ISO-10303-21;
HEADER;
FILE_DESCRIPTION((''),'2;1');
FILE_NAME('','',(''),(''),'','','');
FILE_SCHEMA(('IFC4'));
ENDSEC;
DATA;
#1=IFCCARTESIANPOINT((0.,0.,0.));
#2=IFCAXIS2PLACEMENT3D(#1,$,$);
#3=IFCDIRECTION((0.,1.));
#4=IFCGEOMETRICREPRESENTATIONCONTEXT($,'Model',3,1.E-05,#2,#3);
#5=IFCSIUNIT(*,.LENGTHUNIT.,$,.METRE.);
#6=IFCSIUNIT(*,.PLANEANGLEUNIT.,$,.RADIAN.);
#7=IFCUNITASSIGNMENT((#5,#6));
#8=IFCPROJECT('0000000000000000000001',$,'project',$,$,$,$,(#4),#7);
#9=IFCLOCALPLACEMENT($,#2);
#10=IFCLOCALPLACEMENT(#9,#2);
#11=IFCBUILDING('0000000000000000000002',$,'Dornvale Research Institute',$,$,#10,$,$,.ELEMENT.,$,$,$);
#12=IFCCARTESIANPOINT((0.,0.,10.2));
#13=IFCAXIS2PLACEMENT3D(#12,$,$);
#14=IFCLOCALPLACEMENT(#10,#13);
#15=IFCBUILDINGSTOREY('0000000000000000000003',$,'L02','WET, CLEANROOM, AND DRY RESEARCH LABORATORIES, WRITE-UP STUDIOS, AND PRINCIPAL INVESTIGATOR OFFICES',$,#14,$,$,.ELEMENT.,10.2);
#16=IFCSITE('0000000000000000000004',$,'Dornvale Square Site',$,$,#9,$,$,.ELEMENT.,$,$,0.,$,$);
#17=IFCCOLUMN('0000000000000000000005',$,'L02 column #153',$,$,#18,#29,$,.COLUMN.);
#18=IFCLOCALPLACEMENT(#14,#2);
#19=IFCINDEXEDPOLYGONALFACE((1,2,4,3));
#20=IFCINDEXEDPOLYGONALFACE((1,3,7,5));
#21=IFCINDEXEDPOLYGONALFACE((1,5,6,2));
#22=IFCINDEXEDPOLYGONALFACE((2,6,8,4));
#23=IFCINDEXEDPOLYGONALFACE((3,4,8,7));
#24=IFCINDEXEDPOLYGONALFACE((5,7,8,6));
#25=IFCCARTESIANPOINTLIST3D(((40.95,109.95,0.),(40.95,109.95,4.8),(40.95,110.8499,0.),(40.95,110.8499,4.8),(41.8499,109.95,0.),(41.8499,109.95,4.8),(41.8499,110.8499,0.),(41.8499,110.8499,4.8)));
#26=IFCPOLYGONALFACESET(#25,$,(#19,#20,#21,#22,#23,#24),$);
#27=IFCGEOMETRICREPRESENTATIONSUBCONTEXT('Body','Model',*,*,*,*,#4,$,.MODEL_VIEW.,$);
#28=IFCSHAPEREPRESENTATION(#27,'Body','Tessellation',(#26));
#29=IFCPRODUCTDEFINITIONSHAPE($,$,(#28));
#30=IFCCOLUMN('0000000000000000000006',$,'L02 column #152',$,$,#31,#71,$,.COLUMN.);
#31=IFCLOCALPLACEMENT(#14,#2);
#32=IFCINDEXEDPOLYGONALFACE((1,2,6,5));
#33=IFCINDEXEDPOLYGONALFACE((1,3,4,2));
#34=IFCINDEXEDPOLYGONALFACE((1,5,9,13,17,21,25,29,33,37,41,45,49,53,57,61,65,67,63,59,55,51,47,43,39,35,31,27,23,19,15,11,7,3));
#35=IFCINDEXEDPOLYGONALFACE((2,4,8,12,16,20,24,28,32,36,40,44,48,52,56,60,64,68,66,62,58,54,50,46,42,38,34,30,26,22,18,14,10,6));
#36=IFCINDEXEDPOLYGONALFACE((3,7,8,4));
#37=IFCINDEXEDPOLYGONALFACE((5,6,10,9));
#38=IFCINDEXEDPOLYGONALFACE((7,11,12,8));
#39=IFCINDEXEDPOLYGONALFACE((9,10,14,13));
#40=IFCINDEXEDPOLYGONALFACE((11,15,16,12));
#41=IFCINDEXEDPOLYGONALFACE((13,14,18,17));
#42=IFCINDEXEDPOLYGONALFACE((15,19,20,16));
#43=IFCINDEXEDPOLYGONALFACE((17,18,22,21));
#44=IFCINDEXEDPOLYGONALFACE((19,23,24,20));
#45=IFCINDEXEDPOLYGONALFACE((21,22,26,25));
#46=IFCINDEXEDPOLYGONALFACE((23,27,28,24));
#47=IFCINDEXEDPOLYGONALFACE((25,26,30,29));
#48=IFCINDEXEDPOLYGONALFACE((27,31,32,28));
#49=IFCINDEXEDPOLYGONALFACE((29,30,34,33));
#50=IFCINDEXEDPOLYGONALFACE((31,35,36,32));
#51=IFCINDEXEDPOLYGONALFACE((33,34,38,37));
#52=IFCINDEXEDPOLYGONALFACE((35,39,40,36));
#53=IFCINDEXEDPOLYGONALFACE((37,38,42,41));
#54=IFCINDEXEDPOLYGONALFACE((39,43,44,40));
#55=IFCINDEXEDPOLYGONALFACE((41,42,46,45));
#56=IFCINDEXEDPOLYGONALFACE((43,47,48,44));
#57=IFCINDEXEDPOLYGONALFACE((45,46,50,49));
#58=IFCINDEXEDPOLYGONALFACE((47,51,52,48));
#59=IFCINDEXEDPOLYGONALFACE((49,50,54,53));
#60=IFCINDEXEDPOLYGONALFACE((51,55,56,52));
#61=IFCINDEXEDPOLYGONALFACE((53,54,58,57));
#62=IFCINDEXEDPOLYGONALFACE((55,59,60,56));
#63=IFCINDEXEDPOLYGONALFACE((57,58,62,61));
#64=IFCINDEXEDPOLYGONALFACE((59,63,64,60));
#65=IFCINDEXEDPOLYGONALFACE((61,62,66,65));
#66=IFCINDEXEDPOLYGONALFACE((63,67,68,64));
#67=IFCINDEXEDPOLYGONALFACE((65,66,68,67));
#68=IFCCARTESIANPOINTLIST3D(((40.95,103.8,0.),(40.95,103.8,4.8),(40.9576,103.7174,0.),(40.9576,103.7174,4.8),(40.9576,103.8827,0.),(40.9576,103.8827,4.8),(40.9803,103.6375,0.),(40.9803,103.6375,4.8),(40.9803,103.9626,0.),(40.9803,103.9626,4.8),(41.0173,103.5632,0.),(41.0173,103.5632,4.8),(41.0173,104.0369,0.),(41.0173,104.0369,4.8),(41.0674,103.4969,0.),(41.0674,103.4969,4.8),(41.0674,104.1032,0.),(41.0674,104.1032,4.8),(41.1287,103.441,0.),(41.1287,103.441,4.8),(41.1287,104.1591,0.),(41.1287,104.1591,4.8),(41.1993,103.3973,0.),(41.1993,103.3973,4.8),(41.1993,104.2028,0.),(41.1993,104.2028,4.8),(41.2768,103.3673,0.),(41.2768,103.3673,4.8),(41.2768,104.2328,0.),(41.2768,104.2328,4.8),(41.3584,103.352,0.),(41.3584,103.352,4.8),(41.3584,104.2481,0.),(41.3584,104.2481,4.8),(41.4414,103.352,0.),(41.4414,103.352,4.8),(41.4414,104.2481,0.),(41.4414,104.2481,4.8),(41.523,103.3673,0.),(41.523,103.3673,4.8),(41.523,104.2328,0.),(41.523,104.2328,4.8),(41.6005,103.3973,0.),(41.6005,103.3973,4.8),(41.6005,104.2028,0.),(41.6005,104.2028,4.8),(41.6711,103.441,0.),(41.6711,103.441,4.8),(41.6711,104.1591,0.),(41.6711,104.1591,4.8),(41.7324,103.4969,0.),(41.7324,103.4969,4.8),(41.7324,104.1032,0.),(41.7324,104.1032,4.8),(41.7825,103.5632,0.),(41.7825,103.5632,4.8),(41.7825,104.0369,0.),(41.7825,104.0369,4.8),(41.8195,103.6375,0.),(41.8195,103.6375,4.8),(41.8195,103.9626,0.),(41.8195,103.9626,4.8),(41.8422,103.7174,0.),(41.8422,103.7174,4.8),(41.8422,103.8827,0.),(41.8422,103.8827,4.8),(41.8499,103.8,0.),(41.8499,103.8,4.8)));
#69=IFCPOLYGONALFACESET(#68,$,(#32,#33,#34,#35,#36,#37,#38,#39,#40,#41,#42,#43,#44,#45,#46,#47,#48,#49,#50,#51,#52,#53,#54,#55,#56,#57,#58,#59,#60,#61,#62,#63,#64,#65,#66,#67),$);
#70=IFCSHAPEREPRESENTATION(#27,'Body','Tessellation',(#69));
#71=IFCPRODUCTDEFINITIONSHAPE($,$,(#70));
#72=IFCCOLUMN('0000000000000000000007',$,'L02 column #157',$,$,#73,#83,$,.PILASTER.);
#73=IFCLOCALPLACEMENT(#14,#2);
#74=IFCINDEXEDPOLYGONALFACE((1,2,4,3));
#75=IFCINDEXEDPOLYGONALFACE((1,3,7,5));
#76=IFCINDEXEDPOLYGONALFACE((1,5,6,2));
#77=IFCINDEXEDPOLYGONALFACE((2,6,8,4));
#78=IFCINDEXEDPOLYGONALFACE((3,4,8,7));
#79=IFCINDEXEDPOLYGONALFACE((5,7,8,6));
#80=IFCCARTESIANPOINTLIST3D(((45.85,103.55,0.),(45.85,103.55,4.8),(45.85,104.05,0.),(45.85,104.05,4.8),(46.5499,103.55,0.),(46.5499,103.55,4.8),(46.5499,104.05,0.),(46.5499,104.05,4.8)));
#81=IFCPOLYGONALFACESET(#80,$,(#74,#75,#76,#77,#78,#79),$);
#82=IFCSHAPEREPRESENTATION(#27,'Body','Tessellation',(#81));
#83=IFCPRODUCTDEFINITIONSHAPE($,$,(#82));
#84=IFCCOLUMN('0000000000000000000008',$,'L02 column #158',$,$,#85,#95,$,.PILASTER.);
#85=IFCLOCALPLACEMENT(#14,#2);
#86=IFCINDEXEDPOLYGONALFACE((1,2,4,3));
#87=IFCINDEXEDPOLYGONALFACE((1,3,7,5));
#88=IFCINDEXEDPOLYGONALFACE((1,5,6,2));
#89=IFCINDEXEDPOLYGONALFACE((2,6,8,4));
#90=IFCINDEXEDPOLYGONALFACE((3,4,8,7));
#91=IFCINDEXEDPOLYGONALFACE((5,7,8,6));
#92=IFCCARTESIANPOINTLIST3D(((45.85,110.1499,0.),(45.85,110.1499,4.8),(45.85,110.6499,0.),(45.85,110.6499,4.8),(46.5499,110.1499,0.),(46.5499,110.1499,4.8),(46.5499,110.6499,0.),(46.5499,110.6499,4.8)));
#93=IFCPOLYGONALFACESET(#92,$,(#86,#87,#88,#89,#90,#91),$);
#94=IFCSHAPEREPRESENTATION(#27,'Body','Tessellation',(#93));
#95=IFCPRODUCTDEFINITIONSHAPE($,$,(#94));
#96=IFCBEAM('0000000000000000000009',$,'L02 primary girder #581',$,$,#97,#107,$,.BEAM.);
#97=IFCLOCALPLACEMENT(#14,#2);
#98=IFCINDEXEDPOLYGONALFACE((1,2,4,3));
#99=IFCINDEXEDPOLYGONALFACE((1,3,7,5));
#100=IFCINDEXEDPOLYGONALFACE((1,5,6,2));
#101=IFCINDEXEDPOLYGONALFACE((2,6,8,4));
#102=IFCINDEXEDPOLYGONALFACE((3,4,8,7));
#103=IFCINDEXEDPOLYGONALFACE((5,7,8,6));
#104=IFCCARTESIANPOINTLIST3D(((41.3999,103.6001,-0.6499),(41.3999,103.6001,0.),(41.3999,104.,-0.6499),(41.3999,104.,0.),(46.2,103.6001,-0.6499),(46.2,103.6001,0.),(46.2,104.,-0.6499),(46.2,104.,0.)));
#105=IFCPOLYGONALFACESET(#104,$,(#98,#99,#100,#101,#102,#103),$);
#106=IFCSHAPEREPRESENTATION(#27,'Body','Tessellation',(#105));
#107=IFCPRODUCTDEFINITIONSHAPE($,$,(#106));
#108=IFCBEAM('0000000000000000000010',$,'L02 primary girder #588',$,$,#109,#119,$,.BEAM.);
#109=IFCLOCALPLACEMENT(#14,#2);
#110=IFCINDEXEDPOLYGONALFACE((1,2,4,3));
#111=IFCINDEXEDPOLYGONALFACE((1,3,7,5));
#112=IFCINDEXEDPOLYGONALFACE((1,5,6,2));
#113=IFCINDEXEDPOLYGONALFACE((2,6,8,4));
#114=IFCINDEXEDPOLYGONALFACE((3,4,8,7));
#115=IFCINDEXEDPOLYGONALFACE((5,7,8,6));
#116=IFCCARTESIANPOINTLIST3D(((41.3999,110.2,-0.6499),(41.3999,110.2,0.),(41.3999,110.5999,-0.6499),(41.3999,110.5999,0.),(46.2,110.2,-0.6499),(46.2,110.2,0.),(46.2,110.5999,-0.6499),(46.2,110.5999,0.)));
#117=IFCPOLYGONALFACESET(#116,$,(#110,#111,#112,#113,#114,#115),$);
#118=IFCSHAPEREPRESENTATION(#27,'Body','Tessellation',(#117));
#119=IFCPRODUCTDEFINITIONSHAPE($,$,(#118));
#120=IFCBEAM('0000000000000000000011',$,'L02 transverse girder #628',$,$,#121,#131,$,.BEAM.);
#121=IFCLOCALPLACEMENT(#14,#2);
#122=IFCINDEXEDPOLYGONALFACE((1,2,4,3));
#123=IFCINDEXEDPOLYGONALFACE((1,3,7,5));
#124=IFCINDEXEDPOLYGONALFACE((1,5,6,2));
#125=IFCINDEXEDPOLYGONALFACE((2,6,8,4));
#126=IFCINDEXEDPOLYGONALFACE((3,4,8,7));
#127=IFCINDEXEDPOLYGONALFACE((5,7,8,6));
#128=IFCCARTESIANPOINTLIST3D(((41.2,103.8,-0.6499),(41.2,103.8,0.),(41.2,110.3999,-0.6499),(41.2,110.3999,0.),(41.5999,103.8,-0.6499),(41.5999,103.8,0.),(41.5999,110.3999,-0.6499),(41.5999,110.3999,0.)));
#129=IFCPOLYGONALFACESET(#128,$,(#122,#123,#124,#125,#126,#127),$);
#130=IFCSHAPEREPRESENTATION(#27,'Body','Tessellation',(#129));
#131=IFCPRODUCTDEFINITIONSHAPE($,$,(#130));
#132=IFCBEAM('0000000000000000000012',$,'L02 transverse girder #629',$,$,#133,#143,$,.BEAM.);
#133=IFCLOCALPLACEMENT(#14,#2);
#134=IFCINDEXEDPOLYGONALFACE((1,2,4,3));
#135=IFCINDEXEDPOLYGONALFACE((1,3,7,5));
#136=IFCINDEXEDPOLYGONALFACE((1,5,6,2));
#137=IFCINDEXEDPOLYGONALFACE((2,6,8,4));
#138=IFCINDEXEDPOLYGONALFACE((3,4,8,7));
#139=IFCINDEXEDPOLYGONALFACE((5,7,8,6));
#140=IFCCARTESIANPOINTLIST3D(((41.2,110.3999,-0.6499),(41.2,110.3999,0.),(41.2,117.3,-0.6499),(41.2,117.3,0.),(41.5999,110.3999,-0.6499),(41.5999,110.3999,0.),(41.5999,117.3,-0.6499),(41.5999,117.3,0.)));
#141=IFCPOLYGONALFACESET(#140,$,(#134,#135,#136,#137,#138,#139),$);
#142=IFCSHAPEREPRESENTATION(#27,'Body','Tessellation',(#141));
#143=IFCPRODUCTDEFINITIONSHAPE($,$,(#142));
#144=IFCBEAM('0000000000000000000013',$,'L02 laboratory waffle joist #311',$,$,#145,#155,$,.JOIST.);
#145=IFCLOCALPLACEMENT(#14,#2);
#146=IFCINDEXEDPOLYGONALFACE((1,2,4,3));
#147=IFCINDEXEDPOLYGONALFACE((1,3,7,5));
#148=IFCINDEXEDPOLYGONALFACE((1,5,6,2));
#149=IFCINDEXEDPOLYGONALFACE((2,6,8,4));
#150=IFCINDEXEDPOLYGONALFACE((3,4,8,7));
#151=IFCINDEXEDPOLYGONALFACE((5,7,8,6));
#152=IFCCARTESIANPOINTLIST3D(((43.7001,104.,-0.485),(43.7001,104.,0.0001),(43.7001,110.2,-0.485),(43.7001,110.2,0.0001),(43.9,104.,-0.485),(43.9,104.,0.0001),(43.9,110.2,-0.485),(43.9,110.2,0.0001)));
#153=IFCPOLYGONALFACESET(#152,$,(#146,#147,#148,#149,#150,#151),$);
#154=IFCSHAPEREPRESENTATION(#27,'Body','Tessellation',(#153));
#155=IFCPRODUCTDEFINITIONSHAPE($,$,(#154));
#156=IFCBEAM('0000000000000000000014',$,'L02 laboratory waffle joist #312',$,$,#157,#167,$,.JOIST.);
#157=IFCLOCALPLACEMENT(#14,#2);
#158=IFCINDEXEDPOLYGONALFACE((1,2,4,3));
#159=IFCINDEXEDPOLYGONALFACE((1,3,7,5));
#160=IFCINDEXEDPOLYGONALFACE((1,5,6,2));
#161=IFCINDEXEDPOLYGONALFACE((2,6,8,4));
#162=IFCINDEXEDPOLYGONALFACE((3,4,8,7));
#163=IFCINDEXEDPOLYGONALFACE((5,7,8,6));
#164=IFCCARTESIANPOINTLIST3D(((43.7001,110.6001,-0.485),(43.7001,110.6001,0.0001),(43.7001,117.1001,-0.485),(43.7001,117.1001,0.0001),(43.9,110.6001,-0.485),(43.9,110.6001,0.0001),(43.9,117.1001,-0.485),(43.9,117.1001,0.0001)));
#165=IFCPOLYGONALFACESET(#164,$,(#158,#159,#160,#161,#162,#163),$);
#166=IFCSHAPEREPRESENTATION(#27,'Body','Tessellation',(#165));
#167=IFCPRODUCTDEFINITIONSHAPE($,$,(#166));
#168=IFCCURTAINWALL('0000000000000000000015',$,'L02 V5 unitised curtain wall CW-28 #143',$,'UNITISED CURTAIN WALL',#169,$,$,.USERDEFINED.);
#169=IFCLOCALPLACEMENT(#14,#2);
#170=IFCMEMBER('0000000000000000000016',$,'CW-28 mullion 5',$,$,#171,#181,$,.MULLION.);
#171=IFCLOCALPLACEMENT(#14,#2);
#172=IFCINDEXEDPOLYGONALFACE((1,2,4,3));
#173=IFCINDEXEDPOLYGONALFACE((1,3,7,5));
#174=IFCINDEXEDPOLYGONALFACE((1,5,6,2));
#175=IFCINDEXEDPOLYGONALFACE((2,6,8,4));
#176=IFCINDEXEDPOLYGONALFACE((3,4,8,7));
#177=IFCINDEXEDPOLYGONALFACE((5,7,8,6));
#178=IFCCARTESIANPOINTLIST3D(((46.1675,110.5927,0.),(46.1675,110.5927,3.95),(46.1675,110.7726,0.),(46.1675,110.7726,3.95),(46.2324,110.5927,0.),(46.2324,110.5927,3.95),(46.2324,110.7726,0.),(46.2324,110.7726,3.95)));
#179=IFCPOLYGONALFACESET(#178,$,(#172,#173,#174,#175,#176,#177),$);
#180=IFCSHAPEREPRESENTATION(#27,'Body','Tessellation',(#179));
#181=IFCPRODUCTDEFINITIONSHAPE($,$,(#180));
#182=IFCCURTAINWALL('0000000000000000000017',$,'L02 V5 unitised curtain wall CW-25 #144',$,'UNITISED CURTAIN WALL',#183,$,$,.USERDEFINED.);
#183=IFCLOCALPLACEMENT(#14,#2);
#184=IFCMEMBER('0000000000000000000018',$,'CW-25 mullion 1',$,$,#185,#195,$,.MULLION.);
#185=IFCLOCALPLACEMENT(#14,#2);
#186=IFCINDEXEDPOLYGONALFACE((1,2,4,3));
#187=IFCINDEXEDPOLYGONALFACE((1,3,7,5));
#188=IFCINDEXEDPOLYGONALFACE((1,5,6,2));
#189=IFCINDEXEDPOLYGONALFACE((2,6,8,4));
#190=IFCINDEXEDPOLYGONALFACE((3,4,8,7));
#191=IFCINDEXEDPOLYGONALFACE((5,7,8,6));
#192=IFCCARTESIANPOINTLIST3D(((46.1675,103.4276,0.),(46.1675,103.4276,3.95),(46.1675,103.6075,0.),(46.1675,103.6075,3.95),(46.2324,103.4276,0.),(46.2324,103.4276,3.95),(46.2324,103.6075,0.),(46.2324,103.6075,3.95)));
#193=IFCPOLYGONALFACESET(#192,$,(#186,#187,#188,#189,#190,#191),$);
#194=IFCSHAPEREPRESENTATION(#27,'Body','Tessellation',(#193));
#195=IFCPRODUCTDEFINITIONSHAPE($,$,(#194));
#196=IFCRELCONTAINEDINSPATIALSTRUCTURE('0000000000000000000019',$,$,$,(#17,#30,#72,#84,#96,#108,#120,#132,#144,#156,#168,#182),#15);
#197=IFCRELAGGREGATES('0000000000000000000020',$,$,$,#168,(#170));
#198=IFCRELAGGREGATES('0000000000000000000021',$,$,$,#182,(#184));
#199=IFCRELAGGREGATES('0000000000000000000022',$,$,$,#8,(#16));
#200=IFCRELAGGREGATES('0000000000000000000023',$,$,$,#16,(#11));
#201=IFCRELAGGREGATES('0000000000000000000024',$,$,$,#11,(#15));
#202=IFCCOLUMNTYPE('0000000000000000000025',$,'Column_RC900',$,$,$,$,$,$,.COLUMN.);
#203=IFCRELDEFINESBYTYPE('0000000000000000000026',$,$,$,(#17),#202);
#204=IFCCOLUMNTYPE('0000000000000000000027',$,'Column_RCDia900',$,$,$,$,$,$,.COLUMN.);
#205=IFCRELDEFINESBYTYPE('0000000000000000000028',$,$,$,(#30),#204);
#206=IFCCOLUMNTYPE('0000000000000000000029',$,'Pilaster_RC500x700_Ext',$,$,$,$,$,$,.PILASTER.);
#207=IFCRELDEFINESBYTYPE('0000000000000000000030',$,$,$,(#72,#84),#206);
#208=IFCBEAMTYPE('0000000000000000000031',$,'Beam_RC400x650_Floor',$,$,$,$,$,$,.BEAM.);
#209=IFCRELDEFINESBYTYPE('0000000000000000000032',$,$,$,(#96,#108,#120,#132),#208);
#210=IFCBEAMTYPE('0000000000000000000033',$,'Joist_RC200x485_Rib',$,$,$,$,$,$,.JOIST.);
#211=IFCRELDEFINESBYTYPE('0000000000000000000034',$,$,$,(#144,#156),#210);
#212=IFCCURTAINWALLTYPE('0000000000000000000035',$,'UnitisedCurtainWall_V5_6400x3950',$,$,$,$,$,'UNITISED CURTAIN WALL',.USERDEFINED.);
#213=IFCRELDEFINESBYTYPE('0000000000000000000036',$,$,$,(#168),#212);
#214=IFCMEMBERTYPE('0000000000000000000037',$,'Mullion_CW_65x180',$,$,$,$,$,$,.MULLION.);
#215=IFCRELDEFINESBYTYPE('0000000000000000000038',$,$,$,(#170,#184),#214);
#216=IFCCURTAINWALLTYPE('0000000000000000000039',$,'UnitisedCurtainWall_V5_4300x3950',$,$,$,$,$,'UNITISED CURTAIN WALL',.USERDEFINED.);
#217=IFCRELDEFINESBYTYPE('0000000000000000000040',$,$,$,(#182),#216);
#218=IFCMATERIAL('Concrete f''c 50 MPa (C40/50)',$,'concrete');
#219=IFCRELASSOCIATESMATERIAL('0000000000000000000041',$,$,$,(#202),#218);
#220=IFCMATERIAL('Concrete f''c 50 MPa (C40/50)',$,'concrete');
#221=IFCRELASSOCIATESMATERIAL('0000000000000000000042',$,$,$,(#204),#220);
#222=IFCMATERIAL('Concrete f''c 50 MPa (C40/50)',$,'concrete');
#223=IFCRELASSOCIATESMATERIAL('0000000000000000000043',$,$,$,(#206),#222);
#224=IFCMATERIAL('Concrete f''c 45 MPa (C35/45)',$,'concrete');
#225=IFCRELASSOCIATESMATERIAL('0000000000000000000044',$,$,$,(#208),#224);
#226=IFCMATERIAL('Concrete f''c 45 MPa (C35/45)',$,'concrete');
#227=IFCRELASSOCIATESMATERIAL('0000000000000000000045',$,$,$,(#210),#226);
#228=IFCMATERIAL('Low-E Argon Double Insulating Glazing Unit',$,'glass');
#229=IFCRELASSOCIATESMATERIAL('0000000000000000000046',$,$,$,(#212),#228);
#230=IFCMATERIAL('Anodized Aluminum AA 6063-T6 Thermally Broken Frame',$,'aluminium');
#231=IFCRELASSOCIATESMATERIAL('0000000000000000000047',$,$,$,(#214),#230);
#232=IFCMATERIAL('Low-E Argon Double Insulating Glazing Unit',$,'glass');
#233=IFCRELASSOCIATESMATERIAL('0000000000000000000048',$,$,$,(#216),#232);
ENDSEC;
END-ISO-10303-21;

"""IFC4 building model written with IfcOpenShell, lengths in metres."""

from ifc_helpers import new_model, si_unit, direction, frame, origin, origin_2d, place, context, subcontext, project, spatial, rectangle, circle, extrude, material, material_profile, profile_set, type_object, element, aggregate, save


model = new_model("IFC4")

# Units and contexts
model_context = context("Model", 3, precision=1e-05, world=origin(), true_north=direction((0.0, 1.0)))
body_context = subcontext(model_context, "Body", "Model", "MODEL_VIEW")
ifc_project = project(units=[si_unit("LENGTHUNIT", "METRE"), si_unit("PLANEANGLEUNIT", "RADIAN")], contexts=[model_context])

# Site, building, storey
site_placement = place(None, origin())
site = spatial("IfcSite", under=ifc_project, at=site_placement, Name="Dornvale Square Site", CompositionType="ELEMENT", RefElevation=0.0)
building_placement = place(site_placement, origin())
building = spatial("IfcBuilding", under=site, at=building_placement, Name="Dornvale Research Institute", CompositionType="ELEMENT")
storey_placement = place(building_placement, frame((0.0, 0.0, 10.2)))
storey = spatial("IfcBuildingStorey", under=building, at=storey_placement, Name="L02", Description="WET, CLEANROOM, AND DRY RESEARCH LABORATORIES, WRITE-UP STUDIOS, AND PRINCIPAL INVESTIGATOR OFFICES", CompositionType="ELEMENT", Elevation=10.2)

# Columns
ifc_material_1 = material(Name="Concrete f'c 50 MPa (C40/50)", Category="concrete")
ifc_material_profile_1 = material_profile(ifc_material_1, rectangle(XDim=0.8999, YDim=0.8999, at=origin_2d()), Name="RC 900x900")
ifc_profile_set_1 = profile_set([ifc_material_profile_1], Name="Concrete f'c 50 MPa (C40/50)")
column_type_1 = type_object("IfcColumnType", Name="Column_RC900", PredefinedType="COLUMN", material=ifc_profile_set_1)
column_1_placement = place(storey_placement, frame((41.3999, 110.3999, 0.0), z_axis=(0.0, 0.0, 1.0), x_axis=(1.0, 0.0, 0.0)))
element("IfcColumn", 1, at=column_1_placement, inside=storey, type_object=column_type_1, Name="L02 column #153", PredefinedType="COLUMN", context=body_context, shape_type="SweptSolid", body=[
    extrude(rectangle(XDim=0.8999, YDim=0.8999, at=origin_2d()), origin(), (0.0, 0.0, 1.0), 4.8),
])
ifc_material_2 = material(Name="Concrete f'c 50 MPa (C40/50)", Category="concrete")
ifc_material_profile_2 = material_profile(ifc_material_2, circle(Radius=0.45, at=origin_2d()), Name="RC DIA 900")
ifc_profile_set_2 = profile_set([ifc_material_profile_2], Name="Concrete f'c 50 MPa (C40/50)")
column_type_2 = type_object("IfcColumnType", Name="Column_RCDia900", PredefinedType="COLUMN", material=ifc_profile_set_2)
column_2_placement = place(storey_placement, frame((41.3999, 103.8, 0.0), z_axis=(0.0, 0.0, 1.0), x_axis=(1.0, 0.0, 0.0)))
element("IfcColumn", 2, at=column_2_placement, inside=storey, type_object=column_type_2, Name="L02 column #152", PredefinedType="COLUMN", context=body_context, shape_type="SweptSolid", body=[
    extrude(circle(Radius=0.45, at=origin_2d()), origin(), (0.0, 0.0, 1.0), 4.8),
])
ifc_material_3 = material(Name="Concrete f'c 50 MPa (C40/50)", Category="concrete")
ifc_material_profile_3 = material_profile(ifc_material_3, rectangle(XDim=0.5, YDim=0.7, at=origin_2d()), Name="RC 500x700")
ifc_profile_set_3 = profile_set([ifc_material_profile_3], Name="Concrete f'c 50 MPa (C40/50)")
column_type_3 = type_object("IfcColumnType", Name="Pilaster_RC500x700_Ext", PredefinedType="PILASTER", material=ifc_profile_set_3)
for number, where, z_axis, x_axis, name in (
    (3, (46.2, 103.8, 0.0), (0.0, 0.0, 1.0), (0.0, 1.0, 0.0), "L02 column #157"),
    (4, (46.2, 110.3999, 0.0), (0.0, 0.0, 1.0), (0.0, 1.0, 0.0), "L02 column #158"),
):
    element("IfcColumn", number, at=place(storey_placement, frame(where, z_axis=z_axis, x_axis=x_axis)), inside=storey, type_object=column_type_3, Name=name, PredefinedType="PILASTER", context=body_context, shape_type="SweptSolid", body=[
        extrude(rectangle(XDim=0.5, YDim=0.7, at=origin_2d()), origin(), (0.0, 0.0, 1.0), 4.8),
    ])

# Beams
ifc_material_4 = material(Name="Concrete f'c 45 MPa (C35/45)", Category="concrete")
ifc_material_profile_4 = material_profile(ifc_material_4, rectangle(XDim=0.3999, YDim=0.6499, at=origin_2d()), Name="RC 400x650")
ifc_profile_set_4 = profile_set([ifc_material_profile_4], Name="Concrete f'c 45 MPa (C35/45)")
beam_type_1 = type_object("IfcBeamType", Name="Beam_RC400x650_Floor", PredefinedType="BEAM", material=ifc_profile_set_4)
for number, where, z_axis, x_axis, name in (
    (5, (41.3999, 103.8, -0.325), (1.0, 0.0, 0.0), (0.0, 1.0, 0.0), "L02 primary girder #581"),
    (6, (41.3999, 110.3999, -0.325), (1.0, 0.0, 0.0), (0.0, 1.0, 0.0), "L02 primary girder #588"),
):
    element("IfcBeam", number, at=place(storey_placement, frame(where, z_axis=z_axis, x_axis=x_axis)), inside=storey, type_object=beam_type_1, Name=name, PredefinedType="BEAM", context=body_context, shape_type="SweptSolid", body=[
        extrude(rectangle(XDim=0.3999, YDim=0.6499, at=origin_2d()), origin(), (0.0, 0.0, 1.0), 4.8),
    ])
beam_1_placement = place(storey_placement, frame((41.3999, 103.8, -0.325), z_axis=(0.0, 1.0, 0.0), x_axis=(-1.0, 0.0, 0.0)))
element("IfcBeam", 7, at=beam_1_placement, inside=storey, type_object=beam_type_1, Name="L02 transverse girder #628", PredefinedType="BEAM", context=body_context, shape_type="SweptSolid", body=[
    extrude(rectangle(XDim=0.3999, YDim=0.6499, at=origin_2d()), origin(), (0.0, 0.0, 1.0), 6.5999),
])
beam_2_placement = place(storey_placement, frame((41.3999, 110.3999, -0.325), z_axis=(0.0, 1.0, 0.0), x_axis=(-1.0, 0.0, 0.0)))
element("IfcBeam", 8, at=beam_2_placement, inside=storey, type_object=beam_type_1, Name="L02 transverse girder #629", PredefinedType="BEAM", context=body_context, shape_type="SweptSolid", body=[
    extrude(rectangle(XDim=0.3999, YDim=0.6499, at=origin_2d()), origin(), (0.0, 0.0, 1.0), 6.9001),
])
ifc_material_5 = material(Name="Concrete f'c 45 MPa (C35/45)", Category="concrete")
ifc_material_profile_5 = material_profile(ifc_material_5, rectangle(XDim=0.2, YDim=0.4851, at=origin_2d()), Name="RC 200x485")
ifc_profile_set_5 = profile_set([ifc_material_profile_5], Name="Concrete f'c 45 MPa (C35/45)")
beam_type_2 = type_object("IfcBeamType", Name="Joist_RC200x485_Rib", PredefinedType="JOIST", material=ifc_profile_set_5)
beam_3_placement = place(storey_placement, frame((43.8, 104.0, -0.2424), z_axis=(0.0, 1.0, 0.0), x_axis=(-1.0, 0.0, 0.0)))
element("IfcBeam", 9, at=beam_3_placement, inside=storey, type_object=beam_type_2, Name="L02 laboratory waffle joist #311", PredefinedType="JOIST", context=body_context, shape_type="SweptSolid", body=[
    extrude(rectangle(XDim=0.2, YDim=0.4851, at=origin_2d()), origin(), (0.0, 0.0, 1.0), 6.2),
])
beam_4_placement = place(storey_placement, frame((43.8, 110.6001, -0.2424), z_axis=(0.0, 1.0, 0.0), x_axis=(-1.0, 0.0, 0.0)))
element("IfcBeam", 10, at=beam_4_placement, inside=storey, type_object=beam_type_2, Name="L02 laboratory waffle joist #312", PredefinedType="JOIST", context=body_context, shape_type="SweptSolid", body=[
    extrude(rectangle(XDim=0.2, YDim=0.4851, at=origin_2d()), origin(), (0.0, 0.0, 1.0), 6.5),
])

# Curtain wall, member
ifc_material_6 = material(Name="Low-E Argon Double Insulating Glazing Unit", Category="glass")
curtain_wall_type_1 = type_object("IfcCurtainWallType", Name="UnitisedCurtainWall_V5_6400x3950", ElementType="UNITISED CURTAIN WALL", PredefinedType="USERDEFINED", material=ifc_material_6)
curtain_wall_1_placement = place(storey_placement, origin())
curtain_wall_1 = element("IfcCurtainWall", 11, at=curtain_wall_1_placement, inside=storey, type_object=curtain_wall_type_1, Name="L02 V5 unitised curtain wall CW-28 #143", ObjectType="UNITISED CURTAIN WALL", PredefinedType="USERDEFINED")
ifc_material_7 = material(Name="Anodized Aluminum AA 6063-T6 Thermally Broken Frame", Category="aluminium")
ifc_material_profile_6 = material_profile(ifc_material_7, rectangle(XDim=0.0649, YDim=0.1799, at=origin_2d()), Name="ALU MULLION 65x180")
ifc_profile_set_6 = profile_set([ifc_material_profile_6], Name="Anodized Aluminum AA 6063-T6 Thermally Broken Frame")
member_type_1 = type_object("IfcMemberType", Name="Mullion_CW_65x180", PredefinedType="MULLION", material=ifc_profile_set_6)
member_1_placement = place(storey_placement, frame((46.2, 110.6826, 0.0), z_axis=(0.0, 0.0, 1.0), x_axis=(1.0, 0.0, 0.0)))
member_1 = element("IfcMember", 12, at=member_1_placement, type_object=member_type_1, Name="CW-28 mullion 5", PredefinedType="MULLION", context=body_context, shape_type="SweptSolid", body=[
    extrude(rectangle(XDim=0.0649, YDim=0.1799, at=origin_2d()), origin(), (0.0, 0.0, 1.0), 3.95),
])

# Curtain wall, member
ifc_material_8 = material(Name="Low-E Argon Double Insulating Glazing Unit", Category="glass")
curtain_wall_type_2 = type_object("IfcCurtainWallType", Name="UnitisedCurtainWall_V5_4300x3950", ElementType="UNITISED CURTAIN WALL", PredefinedType="USERDEFINED", material=ifc_material_8)
curtain_wall_2_placement = place(storey_placement, origin())
curtain_wall_2 = element("IfcCurtainWall", 13, at=curtain_wall_2_placement, inside=storey, type_object=curtain_wall_type_2, Name="L02 V5 unitised curtain wall CW-25 #144", ObjectType="UNITISED CURTAIN WALL", PredefinedType="USERDEFINED")
member_2_placement = place(storey_placement, frame((46.2, 103.5176, 0.0), z_axis=(0.0, 0.0, 1.0), x_axis=(1.0, 0.0, 0.0)))
member_2 = element("IfcMember", 14, at=member_2_placement, type_object=member_type_1, Name="CW-25 mullion 1", PredefinedType="MULLION", context=body_context, shape_type="SweptSolid", body=[
    extrude(rectangle(XDim=0.0649, YDim=0.1799, at=origin_2d()), origin(), (0.0, 0.0, 1.0), 3.95),
])

aggregate(curtain_wall_1, [member_1])
aggregate(curtain_wall_2, [member_2])

save(model, "model.ifc")
